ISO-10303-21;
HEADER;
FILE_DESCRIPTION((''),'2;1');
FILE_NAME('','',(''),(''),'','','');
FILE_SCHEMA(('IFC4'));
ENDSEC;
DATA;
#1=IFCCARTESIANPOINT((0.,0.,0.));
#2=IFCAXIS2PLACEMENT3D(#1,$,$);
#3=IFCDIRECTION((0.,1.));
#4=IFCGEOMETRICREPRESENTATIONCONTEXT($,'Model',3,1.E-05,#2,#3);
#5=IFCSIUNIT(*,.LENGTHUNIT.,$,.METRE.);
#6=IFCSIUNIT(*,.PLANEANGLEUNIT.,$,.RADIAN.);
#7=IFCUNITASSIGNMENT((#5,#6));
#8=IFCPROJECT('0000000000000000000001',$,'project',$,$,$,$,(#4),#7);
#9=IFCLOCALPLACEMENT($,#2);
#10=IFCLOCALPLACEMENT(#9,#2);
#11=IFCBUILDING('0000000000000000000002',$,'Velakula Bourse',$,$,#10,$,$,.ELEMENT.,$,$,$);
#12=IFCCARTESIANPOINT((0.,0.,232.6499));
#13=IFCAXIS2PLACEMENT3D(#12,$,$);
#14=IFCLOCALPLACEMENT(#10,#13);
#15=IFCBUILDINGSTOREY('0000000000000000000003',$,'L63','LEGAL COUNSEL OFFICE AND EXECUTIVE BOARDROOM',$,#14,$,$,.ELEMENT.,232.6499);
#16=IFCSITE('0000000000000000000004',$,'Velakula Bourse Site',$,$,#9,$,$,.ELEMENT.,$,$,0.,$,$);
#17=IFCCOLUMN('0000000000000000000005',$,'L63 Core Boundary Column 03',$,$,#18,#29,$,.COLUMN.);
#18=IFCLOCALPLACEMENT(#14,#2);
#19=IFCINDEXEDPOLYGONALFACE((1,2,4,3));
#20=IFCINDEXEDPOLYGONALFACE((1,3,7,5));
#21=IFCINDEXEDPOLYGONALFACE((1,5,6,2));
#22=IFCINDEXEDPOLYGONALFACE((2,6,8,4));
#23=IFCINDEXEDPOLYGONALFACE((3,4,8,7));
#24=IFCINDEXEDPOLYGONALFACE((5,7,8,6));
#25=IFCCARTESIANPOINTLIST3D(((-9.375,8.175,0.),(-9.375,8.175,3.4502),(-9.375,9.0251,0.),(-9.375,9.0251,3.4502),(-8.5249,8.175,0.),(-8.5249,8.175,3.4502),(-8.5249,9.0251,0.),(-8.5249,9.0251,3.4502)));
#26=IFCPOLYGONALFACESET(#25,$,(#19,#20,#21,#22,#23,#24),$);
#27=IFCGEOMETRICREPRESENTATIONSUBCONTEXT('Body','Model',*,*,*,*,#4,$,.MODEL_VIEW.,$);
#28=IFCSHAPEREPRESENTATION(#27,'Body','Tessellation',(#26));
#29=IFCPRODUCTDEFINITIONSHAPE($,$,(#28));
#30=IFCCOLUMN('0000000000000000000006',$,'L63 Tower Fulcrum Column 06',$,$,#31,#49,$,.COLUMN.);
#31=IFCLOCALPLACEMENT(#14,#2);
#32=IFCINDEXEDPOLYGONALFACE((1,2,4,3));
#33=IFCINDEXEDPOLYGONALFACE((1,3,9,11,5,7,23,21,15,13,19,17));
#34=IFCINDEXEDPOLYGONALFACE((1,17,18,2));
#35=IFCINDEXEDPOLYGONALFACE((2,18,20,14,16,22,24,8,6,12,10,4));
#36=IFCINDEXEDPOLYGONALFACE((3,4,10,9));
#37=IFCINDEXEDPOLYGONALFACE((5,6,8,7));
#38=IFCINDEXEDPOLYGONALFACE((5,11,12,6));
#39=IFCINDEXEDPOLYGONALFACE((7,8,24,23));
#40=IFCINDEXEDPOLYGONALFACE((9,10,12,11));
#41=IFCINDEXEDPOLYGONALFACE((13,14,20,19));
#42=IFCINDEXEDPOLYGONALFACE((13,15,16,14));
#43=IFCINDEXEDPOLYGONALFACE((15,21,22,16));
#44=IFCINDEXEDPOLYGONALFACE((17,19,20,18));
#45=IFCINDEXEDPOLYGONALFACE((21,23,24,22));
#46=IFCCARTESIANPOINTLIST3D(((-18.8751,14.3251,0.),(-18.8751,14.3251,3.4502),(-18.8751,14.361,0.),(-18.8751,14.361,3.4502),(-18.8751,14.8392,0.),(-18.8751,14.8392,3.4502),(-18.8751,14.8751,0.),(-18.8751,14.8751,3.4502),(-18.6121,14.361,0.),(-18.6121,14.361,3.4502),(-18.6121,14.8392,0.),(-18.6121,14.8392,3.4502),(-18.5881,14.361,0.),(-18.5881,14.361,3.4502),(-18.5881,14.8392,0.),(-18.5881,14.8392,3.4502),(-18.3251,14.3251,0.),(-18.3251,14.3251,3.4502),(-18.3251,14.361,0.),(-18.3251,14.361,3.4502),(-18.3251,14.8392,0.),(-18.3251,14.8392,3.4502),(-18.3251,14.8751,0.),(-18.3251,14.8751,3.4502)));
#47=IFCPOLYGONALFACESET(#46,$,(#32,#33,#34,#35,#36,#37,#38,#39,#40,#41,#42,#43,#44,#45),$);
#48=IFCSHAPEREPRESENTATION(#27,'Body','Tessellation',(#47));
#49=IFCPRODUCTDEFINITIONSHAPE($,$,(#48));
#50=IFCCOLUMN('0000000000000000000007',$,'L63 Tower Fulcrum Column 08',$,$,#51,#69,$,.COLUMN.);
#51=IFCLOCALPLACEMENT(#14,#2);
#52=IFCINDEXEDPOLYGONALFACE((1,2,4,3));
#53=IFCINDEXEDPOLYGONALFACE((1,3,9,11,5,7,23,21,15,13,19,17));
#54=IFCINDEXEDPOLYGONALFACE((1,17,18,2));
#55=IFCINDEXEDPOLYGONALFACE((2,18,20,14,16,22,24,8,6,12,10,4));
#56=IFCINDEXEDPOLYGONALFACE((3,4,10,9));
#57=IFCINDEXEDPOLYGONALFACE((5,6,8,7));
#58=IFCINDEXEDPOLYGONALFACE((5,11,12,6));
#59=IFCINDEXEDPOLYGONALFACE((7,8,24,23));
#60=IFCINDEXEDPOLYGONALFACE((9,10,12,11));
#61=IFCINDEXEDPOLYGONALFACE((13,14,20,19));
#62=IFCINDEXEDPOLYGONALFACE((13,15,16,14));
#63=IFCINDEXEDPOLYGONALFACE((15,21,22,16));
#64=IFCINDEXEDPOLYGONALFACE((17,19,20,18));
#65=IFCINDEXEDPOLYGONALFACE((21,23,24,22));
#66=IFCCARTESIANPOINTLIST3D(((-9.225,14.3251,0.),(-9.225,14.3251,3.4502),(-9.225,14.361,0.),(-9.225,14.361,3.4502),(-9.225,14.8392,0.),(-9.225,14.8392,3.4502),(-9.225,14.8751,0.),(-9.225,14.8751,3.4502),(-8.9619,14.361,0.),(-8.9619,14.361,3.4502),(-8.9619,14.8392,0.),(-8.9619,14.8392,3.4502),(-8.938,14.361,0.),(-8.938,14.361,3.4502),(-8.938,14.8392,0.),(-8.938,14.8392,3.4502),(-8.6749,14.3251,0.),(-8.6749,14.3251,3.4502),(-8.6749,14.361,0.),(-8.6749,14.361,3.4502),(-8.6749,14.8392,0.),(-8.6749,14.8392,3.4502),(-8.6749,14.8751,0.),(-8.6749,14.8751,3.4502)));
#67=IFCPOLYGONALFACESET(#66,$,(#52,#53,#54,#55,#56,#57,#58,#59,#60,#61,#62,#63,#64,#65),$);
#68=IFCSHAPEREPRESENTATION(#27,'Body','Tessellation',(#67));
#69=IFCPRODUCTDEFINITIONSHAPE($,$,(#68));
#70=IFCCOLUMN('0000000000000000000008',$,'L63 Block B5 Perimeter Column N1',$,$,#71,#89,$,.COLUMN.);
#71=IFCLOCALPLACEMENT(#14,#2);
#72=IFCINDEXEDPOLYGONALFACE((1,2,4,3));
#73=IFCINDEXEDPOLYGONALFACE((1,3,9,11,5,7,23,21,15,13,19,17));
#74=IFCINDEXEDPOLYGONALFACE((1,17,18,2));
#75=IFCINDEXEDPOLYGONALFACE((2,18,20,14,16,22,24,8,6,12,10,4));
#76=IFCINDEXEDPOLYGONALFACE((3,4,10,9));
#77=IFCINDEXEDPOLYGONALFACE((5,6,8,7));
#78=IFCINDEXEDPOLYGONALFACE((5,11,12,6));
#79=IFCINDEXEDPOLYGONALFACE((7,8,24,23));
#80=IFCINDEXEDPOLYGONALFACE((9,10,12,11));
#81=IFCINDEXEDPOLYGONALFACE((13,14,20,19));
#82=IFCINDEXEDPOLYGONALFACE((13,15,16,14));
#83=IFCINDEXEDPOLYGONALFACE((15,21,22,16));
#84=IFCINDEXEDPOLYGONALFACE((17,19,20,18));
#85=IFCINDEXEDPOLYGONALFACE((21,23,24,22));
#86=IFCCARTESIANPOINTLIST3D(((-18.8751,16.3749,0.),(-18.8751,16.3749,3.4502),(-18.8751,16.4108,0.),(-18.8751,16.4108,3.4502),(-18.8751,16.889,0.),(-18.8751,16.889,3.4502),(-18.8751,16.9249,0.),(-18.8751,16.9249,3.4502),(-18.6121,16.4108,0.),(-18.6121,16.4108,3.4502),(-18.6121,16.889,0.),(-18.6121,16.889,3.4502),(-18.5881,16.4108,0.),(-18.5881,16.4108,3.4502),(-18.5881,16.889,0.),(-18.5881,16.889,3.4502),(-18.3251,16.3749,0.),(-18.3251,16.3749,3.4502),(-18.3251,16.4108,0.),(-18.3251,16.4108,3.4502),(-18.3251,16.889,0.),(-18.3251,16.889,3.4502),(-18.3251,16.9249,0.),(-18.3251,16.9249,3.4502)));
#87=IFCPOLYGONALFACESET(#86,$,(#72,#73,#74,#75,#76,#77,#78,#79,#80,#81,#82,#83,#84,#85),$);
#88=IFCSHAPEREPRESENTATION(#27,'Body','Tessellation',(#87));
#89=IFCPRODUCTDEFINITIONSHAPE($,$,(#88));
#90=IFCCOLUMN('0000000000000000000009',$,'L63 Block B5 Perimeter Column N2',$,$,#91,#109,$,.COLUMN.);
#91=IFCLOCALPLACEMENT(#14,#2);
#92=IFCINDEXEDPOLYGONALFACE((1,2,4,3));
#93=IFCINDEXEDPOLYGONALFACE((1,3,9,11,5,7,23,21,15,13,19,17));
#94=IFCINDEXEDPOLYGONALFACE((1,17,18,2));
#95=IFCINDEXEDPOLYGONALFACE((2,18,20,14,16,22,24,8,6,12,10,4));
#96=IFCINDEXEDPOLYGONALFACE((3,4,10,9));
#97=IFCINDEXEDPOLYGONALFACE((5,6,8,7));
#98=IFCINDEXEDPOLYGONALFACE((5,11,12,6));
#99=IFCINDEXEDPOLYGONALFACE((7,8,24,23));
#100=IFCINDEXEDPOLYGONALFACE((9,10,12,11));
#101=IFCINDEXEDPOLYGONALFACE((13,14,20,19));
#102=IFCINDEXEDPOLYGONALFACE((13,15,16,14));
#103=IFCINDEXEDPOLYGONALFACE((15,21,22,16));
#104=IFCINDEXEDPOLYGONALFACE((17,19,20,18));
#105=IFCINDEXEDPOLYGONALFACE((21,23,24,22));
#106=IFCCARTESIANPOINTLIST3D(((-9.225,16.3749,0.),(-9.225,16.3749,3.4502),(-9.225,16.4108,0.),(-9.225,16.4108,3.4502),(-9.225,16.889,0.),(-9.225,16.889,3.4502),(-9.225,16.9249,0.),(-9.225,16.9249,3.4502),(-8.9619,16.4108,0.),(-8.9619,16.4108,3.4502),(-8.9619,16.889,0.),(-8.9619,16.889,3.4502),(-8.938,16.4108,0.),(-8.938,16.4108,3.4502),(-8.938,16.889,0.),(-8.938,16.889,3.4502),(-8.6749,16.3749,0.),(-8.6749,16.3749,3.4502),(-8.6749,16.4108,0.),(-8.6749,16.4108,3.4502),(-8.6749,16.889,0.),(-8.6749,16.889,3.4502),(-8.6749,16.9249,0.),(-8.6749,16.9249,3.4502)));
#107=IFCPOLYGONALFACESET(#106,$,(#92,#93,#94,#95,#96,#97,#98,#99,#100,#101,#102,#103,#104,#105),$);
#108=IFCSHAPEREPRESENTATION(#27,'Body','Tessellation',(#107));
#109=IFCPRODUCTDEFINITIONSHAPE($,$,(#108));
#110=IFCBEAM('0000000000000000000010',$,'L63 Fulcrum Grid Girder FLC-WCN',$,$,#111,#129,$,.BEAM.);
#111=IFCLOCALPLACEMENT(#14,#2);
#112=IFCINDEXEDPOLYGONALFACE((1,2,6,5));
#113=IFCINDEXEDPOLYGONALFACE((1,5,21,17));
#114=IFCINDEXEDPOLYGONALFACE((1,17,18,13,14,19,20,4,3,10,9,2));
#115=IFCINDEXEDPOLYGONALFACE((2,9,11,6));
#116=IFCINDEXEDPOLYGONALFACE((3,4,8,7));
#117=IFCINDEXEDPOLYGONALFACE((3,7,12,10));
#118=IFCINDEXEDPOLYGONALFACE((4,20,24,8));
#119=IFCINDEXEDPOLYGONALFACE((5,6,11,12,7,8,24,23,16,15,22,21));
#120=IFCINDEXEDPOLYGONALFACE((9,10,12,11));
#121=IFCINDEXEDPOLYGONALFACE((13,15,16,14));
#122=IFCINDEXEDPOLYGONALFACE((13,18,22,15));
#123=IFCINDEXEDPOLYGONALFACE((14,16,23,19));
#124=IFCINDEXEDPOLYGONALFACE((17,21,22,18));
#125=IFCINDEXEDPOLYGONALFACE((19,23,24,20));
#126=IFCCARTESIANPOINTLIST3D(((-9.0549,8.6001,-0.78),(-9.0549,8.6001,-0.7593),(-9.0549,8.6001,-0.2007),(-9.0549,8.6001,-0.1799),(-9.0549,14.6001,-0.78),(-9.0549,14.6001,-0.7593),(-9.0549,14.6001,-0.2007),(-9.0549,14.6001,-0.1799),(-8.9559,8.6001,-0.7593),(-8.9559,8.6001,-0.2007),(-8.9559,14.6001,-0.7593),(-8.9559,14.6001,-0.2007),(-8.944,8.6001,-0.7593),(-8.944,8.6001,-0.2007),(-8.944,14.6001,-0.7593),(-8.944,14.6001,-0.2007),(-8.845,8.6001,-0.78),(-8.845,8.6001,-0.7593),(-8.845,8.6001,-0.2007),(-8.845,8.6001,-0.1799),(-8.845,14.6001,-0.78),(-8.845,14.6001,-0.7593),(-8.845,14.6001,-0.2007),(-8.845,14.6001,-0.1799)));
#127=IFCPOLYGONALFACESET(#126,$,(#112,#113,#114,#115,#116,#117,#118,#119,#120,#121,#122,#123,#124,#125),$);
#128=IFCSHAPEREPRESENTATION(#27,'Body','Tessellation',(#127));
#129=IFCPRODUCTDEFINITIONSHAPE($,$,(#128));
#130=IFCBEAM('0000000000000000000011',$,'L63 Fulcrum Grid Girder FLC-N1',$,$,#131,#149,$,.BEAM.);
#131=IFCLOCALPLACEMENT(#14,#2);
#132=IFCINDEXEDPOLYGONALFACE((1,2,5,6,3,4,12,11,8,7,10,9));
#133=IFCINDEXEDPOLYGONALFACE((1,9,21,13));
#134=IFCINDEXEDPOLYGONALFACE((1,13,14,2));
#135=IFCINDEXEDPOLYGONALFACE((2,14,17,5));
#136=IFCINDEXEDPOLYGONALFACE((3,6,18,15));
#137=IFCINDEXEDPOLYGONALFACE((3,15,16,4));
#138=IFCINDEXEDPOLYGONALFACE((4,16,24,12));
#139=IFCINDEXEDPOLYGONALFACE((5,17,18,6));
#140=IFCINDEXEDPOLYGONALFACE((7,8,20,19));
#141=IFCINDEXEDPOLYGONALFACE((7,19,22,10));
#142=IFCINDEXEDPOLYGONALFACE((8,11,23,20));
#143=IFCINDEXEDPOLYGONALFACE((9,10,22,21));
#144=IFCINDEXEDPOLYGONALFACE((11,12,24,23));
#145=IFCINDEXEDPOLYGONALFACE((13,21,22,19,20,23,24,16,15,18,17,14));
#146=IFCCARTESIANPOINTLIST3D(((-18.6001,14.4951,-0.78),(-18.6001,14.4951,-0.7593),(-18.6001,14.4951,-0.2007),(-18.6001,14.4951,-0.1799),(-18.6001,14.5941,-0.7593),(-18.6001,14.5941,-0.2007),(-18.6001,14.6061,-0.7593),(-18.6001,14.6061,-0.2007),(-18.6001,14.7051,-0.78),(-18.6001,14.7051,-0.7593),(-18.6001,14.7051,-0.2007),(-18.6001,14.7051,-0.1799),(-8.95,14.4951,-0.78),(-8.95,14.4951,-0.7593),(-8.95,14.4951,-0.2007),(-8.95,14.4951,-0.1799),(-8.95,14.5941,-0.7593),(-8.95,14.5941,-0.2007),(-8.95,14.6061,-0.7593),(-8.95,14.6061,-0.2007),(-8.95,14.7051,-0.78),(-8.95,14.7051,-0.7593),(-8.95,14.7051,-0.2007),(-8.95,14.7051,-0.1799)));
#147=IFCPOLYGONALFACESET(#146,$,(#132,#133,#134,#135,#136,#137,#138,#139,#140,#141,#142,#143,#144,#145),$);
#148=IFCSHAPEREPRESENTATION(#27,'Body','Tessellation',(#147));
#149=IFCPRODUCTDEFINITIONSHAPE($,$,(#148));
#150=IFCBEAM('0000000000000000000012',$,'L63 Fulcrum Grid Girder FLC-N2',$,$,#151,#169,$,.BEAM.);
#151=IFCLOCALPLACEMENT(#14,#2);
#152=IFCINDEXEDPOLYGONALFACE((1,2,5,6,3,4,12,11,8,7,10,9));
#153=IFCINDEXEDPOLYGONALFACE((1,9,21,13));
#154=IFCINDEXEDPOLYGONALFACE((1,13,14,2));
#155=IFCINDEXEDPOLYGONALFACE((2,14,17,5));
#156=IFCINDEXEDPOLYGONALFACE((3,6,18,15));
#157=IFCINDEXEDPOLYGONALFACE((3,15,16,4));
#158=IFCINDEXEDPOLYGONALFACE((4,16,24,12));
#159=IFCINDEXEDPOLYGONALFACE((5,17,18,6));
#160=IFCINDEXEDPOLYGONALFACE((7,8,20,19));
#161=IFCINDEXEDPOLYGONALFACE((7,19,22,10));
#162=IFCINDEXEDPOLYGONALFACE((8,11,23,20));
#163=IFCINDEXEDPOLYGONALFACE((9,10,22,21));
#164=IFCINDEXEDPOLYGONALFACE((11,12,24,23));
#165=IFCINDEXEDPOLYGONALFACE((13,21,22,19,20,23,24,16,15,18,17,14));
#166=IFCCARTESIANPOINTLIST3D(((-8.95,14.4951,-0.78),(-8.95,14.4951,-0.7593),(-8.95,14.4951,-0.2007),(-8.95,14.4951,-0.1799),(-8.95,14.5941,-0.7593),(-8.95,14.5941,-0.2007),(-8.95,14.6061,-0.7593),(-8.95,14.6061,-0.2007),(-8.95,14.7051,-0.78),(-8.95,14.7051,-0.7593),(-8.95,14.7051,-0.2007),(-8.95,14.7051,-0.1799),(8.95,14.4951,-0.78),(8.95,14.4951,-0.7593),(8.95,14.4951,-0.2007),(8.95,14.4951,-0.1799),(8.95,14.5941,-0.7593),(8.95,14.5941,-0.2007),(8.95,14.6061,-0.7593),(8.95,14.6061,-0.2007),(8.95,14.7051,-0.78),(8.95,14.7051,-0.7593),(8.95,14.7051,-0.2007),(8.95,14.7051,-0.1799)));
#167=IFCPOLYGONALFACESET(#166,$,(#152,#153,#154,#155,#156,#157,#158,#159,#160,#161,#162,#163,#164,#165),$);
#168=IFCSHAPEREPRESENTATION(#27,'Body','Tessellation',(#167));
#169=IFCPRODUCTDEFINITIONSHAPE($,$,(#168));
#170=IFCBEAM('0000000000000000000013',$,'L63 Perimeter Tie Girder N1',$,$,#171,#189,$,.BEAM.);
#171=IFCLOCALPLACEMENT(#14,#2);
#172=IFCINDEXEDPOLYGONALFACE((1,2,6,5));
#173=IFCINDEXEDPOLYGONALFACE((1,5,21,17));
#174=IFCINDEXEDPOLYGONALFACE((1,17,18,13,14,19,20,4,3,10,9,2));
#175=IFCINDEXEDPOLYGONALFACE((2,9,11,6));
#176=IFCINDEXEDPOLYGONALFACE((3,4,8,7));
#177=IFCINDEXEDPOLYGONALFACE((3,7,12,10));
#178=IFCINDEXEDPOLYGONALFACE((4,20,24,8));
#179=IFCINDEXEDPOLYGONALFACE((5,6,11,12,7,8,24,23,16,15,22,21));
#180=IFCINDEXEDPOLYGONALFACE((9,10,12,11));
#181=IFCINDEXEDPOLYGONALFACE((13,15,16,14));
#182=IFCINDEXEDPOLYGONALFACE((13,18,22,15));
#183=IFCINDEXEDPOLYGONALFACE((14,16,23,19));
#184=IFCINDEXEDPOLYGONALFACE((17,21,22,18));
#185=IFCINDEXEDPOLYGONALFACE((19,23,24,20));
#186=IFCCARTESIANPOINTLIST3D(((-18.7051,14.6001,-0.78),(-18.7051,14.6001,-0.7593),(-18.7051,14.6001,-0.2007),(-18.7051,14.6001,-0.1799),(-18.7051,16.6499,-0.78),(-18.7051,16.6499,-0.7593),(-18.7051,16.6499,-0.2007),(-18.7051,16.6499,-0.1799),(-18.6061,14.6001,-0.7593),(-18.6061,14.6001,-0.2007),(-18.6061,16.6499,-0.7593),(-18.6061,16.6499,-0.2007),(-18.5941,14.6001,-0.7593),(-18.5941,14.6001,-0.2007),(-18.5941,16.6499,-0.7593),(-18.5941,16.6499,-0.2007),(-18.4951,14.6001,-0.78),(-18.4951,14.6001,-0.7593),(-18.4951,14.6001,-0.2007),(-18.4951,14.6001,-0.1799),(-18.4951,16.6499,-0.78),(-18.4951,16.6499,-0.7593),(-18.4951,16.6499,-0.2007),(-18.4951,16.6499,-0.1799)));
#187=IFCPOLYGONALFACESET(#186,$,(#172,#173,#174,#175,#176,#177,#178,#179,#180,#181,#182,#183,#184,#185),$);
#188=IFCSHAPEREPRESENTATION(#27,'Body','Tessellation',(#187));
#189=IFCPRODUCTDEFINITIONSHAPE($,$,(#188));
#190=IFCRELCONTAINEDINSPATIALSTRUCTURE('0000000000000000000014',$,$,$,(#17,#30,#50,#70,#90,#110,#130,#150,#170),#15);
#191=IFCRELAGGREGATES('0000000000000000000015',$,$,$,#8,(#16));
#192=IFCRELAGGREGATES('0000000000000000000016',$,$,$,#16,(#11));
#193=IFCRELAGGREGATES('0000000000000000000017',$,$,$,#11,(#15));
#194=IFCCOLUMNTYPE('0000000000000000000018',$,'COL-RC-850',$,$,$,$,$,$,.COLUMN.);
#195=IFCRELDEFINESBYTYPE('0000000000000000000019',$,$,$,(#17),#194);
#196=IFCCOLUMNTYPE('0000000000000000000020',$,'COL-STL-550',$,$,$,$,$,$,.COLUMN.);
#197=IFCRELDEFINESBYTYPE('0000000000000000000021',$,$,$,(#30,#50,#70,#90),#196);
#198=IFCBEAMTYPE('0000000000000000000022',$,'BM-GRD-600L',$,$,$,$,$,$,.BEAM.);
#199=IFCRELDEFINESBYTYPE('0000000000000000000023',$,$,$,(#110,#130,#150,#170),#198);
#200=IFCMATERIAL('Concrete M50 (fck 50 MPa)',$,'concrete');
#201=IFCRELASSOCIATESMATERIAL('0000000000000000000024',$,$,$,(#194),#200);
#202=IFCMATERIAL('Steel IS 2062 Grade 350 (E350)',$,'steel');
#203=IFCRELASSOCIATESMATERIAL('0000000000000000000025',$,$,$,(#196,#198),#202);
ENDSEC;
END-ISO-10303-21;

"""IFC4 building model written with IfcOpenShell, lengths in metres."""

from ifc_helpers import new_model, si_unit, direction, frame, origin, origin_2d, place, context, subcontext, project, spatial, rectangle, i_section, extrude, material, material_profile, profile_set, type_object, element, save


model = new_model("IFC4")

# Units and contexts
model_context = context("Model", 3, precision=1e-05, world=origin(), true_north=direction((0.0, 1.0)))
body_context = subcontext(model_context, "Body", "Model", "MODEL_VIEW")
ifc_project = project(units=[si_unit("LENGTHUNIT", "METRE"), si_unit("PLANEANGLEUNIT", "RADIAN")], contexts=[model_context])

# Site, building, storey
site_placement = place(None, origin())
site = spatial("IfcSite", under=ifc_project, at=site_placement, Name="Velakula Bourse Site", CompositionType="ELEMENT", RefElevation=0.0)
building_placement = place(site_placement, origin())
building = spatial("IfcBuilding", under=site, at=building_placement, Name="Velakula Bourse", CompositionType="ELEMENT")
storey_placement = place(building_placement, frame((0.0, 0.0, 232.6499)))
storey = spatial("IfcBuildingStorey", under=building, at=storey_placement, Name="L63", Description="LEGAL COUNSEL OFFICE AND EXECUTIVE BOARDROOM", CompositionType="ELEMENT", Elevation=232.6499)

# Columns
ifc_material_1 = material(Name="Concrete M50 (fck 50 MPa)", Category="concrete")
ifc_material_profile_1 = material_profile(ifc_material_1, rectangle(XDim=0.8501, YDim=0.8501, at=origin_2d()), Name="Concrete M50 (fck 50 MPa)")
ifc_profile_set_1 = profile_set([ifc_material_profile_1], Name="Concrete M50 (fck 50 MPa)")
column_type_1 = type_object("IfcColumnType", Name="COL-RC-850", PredefinedType="COLUMN", material=ifc_profile_set_1)
column_placement = place(storey_placement, frame((-8.95, 8.6001, 0.0), z_axis=(0.0, 0.0, 1.0), x_axis=(1.0, 0.0, 0.0)))
element("IfcColumn", 1, at=column_placement, inside=storey, type_object=column_type_1, Name="L63 Core Boundary Column 03", PredefinedType="COLUMN", context=body_context, shape_type="SweptSolid", body=[
    extrude(rectangle(XDim=0.8501, YDim=0.8501, at=origin_2d()), origin(), (0.0, 0.0, 1.0), 3.4502),
])
ifc_material_2 = material(Name="Steel IS 2062 Grade 350 (E350)", Category="steel")
ifc_material_profile_2 = material_profile(ifc_material_2, i_section(OverallWidth=0.55, OverallDepth=0.55, WebThickness=0.0239, FlangeThickness=0.0359, at=origin_2d()), Name="Steel IS 2062 Grade 350 (E350)")
ifc_profile_set_2 = profile_set([ifc_material_profile_2], Name="Steel IS 2062 Grade 350 (E350)")
column_type_2 = type_object("IfcColumnType", Name="COL-STL-550", PredefinedType="COLUMN", material=ifc_profile_set_2)
for number, where, z_axis, x_axis, name in (
    (2, (-18.6001, 14.6001, 0.0), (0.0, 0.0, 1.0), (1.0, 0.0, 0.0), "L63 Tower Fulcrum Column 06"),
    (3, (-8.95, 14.6001, 0.0), (0.0, 0.0, 1.0), (1.0, 0.0, 0.0), "L63 Tower Fulcrum Column 08"),
    (4, (-18.6001, 16.6499, 0.0), (0.0, 0.0, 1.0), (1.0, 0.0, 0.0), "L63 Block B5 Perimeter Column N1"),
    (5, (-8.95, 16.6499, 0.0), (0.0, 0.0, 1.0), (1.0, 0.0, 0.0), "L63 Block B5 Perimeter Column N2"),
):
    element("IfcColumn", number, at=place(storey_placement, frame(where, z_axis=z_axis, x_axis=x_axis)), inside=storey, type_object=column_type_2, Name=name, PredefinedType="COLUMN", context=body_context, shape_type="SweptSolid", body=[
        extrude(i_section(OverallWidth=0.55, OverallDepth=0.55, WebThickness=0.0239, FlangeThickness=0.0359, at=origin_2d()), origin(), (0.0, 0.0, 1.0), 3.4502),
    ])

# Beams
ifc_material_profile_3 = material_profile(ifc_material_2, i_section(OverallWidth=0.21, OverallDepth=0.6001, WebThickness=0.012, FlangeThickness=0.0208, at=origin_2d()), Name="Steel IS 2062 Grade 350 (E350)")
ifc_profile_set_3 = profile_set([ifc_material_profile_3], Name="Steel IS 2062 Grade 350 (E350)")
beam_type_1 = type_object("IfcBeamType", Name="BM-GRD-600L", PredefinedType="BEAM", material=ifc_profile_set_3)
beam_1_placement = place(storey_placement, frame((-8.95, 8.6001, -0.48), z_axis=(0.0, 1.0, 0.0), x_axis=(-1.0, 0.0, 0.0)))
element("IfcBeam", 6, at=beam_1_placement, inside=storey, type_object=beam_type_1, Name="L63 Fulcrum Grid Girder FLC-WCN", PredefinedType="BEAM", context=body_context, shape_type="SweptSolid", body=[
    extrude(i_section(OverallWidth=0.21, OverallDepth=0.6001, WebThickness=0.012, FlangeThickness=0.0208, at=origin_2d()), origin(), (0.0, 0.0, 1.0), 6.0),
])
beam_2_placement = place(storey_placement, frame((-18.6001, 14.6001, -0.48), z_axis=(1.0, 0.0, 0.0), x_axis=(0.0, 1.0, 0.0)))
element("IfcBeam", 7, at=beam_2_placement, inside=storey, type_object=beam_type_1, Name="L63 Fulcrum Grid Girder FLC-N1", PredefinedType="BEAM", context=body_context, shape_type="SweptSolid", body=[
    extrude(i_section(OverallWidth=0.21, OverallDepth=0.6001, WebThickness=0.012, FlangeThickness=0.0208, at=origin_2d()), origin(), (0.0, 0.0, 1.0), 9.6501),
])
beam_3_placement = place(storey_placement, frame((-8.95, 14.6001, -0.48), z_axis=(1.0, 0.0, 0.0), x_axis=(0.0, 1.0, 0.0)))
element("IfcBeam", 8, at=beam_3_placement, inside=storey, type_object=beam_type_1, Name="L63 Fulcrum Grid Girder FLC-N2", PredefinedType="BEAM", context=body_context, shape_type="SweptSolid", body=[
    extrude(i_section(OverallWidth=0.21, OverallDepth=0.6001, WebThickness=0.012, FlangeThickness=0.0208, at=origin_2d()), origin(), (0.0, 0.0, 1.0), 17.8999),
])
for number, where, z_axis, x_axis, name in (
    (9, (-18.6001, 14.6001, -0.48), (0.0, 1.0, 0.0), (-1.0, 0.0, 0.0), "L63 Perimeter Tie Girder N1"),
):
    element("IfcBeam", number, at=place(storey_placement, frame(where, z_axis=z_axis, x_axis=x_axis)), inside=storey, type_object=beam_type_1, Name=name, PredefinedType="BEAM", context=body_context, shape_type="SweptSolid", body=[
        extrude(i_section(OverallWidth=0.21, OverallDepth=0.6001, WebThickness=0.012, FlangeThickness=0.0208, at=origin_2d()), origin(), (0.0, 0.0, 1.0), 2.0498),
    ])

save(model, "model.ifc")
